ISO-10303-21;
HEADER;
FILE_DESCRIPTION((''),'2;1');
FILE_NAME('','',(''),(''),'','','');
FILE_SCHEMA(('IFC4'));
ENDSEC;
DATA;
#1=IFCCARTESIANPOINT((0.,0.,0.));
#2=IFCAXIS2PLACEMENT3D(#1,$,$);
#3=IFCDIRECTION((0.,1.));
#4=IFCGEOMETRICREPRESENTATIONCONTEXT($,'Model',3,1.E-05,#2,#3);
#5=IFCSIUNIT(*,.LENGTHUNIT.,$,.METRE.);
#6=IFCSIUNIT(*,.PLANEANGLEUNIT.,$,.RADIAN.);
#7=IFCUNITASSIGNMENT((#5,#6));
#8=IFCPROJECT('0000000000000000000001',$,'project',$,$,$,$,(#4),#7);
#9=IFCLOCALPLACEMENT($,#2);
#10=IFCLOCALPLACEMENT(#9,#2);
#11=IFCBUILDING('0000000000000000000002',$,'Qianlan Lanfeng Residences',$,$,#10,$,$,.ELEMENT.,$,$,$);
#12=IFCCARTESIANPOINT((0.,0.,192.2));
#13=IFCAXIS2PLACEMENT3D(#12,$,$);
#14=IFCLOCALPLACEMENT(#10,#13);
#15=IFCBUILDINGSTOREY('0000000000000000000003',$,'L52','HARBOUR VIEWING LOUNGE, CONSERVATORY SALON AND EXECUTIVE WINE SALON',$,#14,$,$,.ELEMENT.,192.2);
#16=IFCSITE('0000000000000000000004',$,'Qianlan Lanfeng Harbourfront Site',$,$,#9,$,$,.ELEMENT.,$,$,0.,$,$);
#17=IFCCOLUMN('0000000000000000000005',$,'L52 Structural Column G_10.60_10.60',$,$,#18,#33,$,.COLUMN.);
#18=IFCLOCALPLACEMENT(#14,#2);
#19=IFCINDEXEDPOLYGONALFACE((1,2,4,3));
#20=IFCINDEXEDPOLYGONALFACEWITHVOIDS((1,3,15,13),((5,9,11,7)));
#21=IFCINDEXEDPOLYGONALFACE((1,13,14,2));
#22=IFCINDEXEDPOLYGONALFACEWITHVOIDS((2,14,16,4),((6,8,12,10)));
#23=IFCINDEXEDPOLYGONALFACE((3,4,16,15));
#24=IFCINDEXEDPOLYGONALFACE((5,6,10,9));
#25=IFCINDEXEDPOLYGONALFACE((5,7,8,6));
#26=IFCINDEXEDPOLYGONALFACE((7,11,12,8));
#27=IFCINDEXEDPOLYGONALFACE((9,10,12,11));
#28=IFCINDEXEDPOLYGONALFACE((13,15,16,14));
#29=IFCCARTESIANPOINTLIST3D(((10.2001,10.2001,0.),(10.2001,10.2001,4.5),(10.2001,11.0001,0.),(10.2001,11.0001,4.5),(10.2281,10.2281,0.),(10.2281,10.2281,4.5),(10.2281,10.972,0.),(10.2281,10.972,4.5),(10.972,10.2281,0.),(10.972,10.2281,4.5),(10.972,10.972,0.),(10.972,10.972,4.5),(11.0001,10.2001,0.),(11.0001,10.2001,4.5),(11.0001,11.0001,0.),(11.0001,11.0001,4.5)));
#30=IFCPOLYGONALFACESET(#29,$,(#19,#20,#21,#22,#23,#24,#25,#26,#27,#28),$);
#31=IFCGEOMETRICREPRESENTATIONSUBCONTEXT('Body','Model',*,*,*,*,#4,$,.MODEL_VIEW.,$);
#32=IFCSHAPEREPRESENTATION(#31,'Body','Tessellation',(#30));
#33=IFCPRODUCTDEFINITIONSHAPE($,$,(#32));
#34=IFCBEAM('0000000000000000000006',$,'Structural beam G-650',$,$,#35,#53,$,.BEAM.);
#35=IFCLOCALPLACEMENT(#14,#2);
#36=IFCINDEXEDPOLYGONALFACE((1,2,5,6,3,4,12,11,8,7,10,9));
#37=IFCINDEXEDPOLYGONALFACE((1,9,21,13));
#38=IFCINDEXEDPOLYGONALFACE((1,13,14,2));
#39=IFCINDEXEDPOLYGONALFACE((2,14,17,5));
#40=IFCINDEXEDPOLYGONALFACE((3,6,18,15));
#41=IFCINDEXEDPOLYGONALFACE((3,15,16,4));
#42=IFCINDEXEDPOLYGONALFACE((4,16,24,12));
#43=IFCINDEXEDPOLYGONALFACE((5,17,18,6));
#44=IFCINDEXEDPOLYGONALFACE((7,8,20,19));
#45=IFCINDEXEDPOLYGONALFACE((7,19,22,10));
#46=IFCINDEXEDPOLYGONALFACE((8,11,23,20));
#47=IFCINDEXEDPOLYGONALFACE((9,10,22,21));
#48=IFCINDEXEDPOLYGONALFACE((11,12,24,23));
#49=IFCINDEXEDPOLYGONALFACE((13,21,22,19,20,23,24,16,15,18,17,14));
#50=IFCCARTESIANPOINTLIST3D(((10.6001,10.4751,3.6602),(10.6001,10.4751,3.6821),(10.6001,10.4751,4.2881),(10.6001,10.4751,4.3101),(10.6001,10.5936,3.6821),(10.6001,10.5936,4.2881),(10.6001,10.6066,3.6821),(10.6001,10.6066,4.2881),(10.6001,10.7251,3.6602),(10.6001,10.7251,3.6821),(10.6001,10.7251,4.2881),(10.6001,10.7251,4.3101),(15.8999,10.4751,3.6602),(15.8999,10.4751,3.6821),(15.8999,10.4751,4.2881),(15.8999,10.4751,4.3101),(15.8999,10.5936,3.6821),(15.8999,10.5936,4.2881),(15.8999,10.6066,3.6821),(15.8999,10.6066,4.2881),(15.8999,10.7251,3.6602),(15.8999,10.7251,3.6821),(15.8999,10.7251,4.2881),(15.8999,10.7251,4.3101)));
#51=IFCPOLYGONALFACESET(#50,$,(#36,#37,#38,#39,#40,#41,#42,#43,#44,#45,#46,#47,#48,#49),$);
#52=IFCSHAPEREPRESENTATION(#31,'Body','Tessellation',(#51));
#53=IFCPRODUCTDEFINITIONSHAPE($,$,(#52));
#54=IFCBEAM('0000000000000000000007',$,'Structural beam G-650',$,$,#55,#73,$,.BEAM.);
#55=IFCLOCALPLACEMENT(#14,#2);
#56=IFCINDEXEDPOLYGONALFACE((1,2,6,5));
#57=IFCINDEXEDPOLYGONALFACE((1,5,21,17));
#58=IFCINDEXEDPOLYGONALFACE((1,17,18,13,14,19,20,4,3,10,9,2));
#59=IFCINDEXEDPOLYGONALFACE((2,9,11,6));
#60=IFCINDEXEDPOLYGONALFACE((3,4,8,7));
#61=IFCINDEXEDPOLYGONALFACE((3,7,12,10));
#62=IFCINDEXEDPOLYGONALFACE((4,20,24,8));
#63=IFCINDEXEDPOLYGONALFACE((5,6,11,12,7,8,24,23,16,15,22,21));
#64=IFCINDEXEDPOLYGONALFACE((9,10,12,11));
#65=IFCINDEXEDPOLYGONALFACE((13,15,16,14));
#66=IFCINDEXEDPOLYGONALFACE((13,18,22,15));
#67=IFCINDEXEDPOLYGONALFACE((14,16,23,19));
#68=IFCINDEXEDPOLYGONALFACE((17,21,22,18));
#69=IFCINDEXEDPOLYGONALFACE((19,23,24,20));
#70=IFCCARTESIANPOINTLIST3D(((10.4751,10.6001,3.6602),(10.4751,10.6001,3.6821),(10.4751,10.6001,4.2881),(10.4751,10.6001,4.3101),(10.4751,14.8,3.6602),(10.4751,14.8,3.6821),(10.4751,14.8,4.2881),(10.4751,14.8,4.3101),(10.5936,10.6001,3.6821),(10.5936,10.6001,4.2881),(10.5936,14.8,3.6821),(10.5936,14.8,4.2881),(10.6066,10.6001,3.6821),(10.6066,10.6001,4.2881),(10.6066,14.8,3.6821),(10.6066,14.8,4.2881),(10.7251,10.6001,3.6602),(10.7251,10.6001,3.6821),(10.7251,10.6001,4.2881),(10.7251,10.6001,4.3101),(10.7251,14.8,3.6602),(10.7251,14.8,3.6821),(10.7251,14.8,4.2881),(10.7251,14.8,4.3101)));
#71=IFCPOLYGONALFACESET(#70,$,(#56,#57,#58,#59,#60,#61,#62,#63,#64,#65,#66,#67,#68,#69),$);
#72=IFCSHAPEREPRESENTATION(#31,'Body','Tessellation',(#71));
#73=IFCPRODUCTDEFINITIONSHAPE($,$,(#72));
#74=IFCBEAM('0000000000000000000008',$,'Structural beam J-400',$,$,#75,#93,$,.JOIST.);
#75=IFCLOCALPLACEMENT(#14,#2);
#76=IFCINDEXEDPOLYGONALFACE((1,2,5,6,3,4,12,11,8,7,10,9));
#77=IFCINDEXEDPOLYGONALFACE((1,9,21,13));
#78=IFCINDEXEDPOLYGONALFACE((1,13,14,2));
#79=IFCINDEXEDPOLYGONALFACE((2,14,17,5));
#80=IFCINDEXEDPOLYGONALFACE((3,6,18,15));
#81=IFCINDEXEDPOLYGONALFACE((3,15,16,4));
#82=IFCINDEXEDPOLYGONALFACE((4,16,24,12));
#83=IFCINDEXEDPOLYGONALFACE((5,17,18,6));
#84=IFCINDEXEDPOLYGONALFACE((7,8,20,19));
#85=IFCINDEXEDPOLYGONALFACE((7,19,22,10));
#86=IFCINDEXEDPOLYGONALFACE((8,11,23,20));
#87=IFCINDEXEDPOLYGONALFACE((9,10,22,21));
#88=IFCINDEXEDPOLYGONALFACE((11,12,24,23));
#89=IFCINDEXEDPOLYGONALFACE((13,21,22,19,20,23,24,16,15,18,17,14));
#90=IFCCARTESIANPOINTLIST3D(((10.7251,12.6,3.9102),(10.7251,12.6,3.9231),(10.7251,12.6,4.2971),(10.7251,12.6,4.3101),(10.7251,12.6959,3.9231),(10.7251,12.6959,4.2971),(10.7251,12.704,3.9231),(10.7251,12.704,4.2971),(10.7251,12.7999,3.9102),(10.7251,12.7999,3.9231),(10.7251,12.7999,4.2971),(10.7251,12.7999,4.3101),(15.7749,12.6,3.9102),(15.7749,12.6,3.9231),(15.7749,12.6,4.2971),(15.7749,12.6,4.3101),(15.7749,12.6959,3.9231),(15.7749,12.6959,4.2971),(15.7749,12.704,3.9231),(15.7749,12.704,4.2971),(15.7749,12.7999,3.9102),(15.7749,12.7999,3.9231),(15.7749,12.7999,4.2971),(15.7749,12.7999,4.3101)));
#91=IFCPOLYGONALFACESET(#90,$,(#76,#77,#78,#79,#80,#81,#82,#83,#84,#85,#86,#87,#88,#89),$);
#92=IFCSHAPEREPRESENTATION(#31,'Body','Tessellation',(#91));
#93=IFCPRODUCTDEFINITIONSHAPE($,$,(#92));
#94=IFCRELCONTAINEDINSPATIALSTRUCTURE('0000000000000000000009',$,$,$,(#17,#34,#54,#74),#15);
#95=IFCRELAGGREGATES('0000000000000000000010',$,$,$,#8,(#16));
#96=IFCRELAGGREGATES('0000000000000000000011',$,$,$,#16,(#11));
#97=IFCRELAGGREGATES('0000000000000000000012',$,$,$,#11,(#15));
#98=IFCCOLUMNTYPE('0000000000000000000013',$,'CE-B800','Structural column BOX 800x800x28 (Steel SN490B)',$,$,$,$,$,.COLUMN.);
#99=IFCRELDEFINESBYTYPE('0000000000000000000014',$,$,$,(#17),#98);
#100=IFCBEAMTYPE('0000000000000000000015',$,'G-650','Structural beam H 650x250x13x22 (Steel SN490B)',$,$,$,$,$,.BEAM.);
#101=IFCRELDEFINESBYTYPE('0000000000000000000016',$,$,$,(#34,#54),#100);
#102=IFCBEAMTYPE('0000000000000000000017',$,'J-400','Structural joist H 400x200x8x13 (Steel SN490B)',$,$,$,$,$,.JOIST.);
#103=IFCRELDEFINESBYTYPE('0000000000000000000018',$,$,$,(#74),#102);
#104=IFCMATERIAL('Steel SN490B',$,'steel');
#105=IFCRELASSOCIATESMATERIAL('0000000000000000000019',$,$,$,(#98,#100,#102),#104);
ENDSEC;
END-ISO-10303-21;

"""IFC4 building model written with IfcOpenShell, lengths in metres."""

from ifc_helpers import new_model, si_unit, direction, frame, origin, origin_2d, place, context, subcontext, project, spatial, hollow_rectangle, i_section, extrude, material, material_profile, profile_set, type_object, element, save


model = new_model("IFC4")

# Units and contexts
model_context = context("Model", 3, precision=1e-05, world=origin(), true_north=direction((0.0, 1.0)))
body_context = subcontext(model_context, "Body", "Model", "MODEL_VIEW")
ifc_project = project(units=[si_unit("LENGTHUNIT", "METRE"), si_unit("PLANEANGLEUNIT", "RADIAN")], contexts=[model_context])

# Site, building, storey
site_placement = place(None, origin())
site = spatial("IfcSite", under=ifc_project, at=site_placement, Name="Qianlan Lanfeng Harbourfront Site", CompositionType="ELEMENT", RefElevation=0.0)
building_placement = place(site_placement, origin())
building = spatial("IfcBuilding", under=site, at=building_placement, Name="Qianlan Lanfeng Residences", CompositionType="ELEMENT")
storey_placement = place(building_placement, frame((0.0, 0.0, 192.2)))
storey = spatial("IfcBuildingStorey", under=building, at=storey_placement, Name="L52", Description="HARBOUR VIEWING LOUNGE, CONSERVATORY SALON AND EXECUTIVE WINE SALON", CompositionType="ELEMENT", Elevation=192.2)

# Column
ifc_material_1 = material(Name="Steel SN490B", Category="steel")
ifc_material_profile_1 = material_profile(ifc_material_1, hollow_rectangle(XDim=0.8, YDim=0.8, WallThickness=0.0281, at=origin_2d()), Name="BOX 800x800x28")
ifc_profile_set_1 = profile_set([ifc_material_profile_1], Name="Steel SN490B")
column_type = type_object("IfcColumnType", Name="CE-B800", Description="Structural column BOX 800x800x28 (Steel SN490B)", PredefinedType="COLUMN", material=ifc_profile_set_1)
column_placement = place(storey_placement, frame((10.6001, 10.6001, 0.0), z_axis=(0.0, 0.0, 1.0), x_axis=(1.0, 0.0, 0.0)))
element("IfcColumn", 1, at=column_placement, inside=storey, type_object=column_type, Name="L52 Structural Column G_10.60_10.60", PredefinedType="COLUMN", context=body_context, shape_type="SweptSolid", body=[
    extrude(hollow_rectangle(XDim=0.8, YDim=0.8, WallThickness=0.0281, at=origin_2d()), origin(), (0.0, 0.0, 1.0), 4.5),
])

# Beams
ifc_material_profile_2 = material_profile(ifc_material_1, i_section(OverallWidth=0.25, OverallDepth=0.6499, WebThickness=0.0129, FlangeThickness=0.022, at=origin_2d()), Name="H 650x250x13x22")
ifc_profile_set_2 = profile_set([ifc_material_profile_2], Name="Steel SN490B")
beam_type_1 = type_object("IfcBeamType", Name="G-650", Description="Structural beam H 650x250x13x22 (Steel SN490B)", PredefinedType="BEAM", material=ifc_profile_set_2)
beam_1_placement = place(storey_placement, frame((10.6001, 10.6001, 3.9851), z_axis=(1.0, 0.0, 0.0), x_axis=(0.0, 1.0, 0.0)))
element("IfcBeam", 2, at=beam_1_placement, inside=storey, type_object=beam_type_1, Name="Structural beam G-650", PredefinedType="BEAM", context=body_context, shape_type="SweptSolid", body=[
    extrude(i_section(OverallWidth=0.25, OverallDepth=0.6499, WebThickness=0.0129, FlangeThickness=0.022, at=origin_2d()), origin(), (0.0, 0.0, 1.0), 5.2998),
])
beam_2_placement = place(storey_placement, frame((10.6001, 10.6001, 3.9851), z_axis=(0.0, 1.0, 0.0), x_axis=(-1.0, 0.0, 0.0)))
element("IfcBeam", 3, at=beam_2_placement, inside=storey, type_object=beam_type_1, Name="Structural beam G-650", PredefinedType="BEAM", context=body_context, shape_type="SweptSolid", body=[
    extrude(i_section(OverallWidth=0.25, OverallDepth=0.6499, WebThickness=0.0129, FlangeThickness=0.022, at=origin_2d()), origin(), (0.0, 0.0, 1.0), 4.2),
])
ifc_material_profile_3 = material_profile(ifc_material_1, i_section(OverallWidth=0.2, OverallDepth=0.3999, WebThickness=0.0081, FlangeThickness=0.0129, at=origin_2d()), Name="H 400x200x8x13")
ifc_profile_set_3 = profile_set([ifc_material_profile_3], Name="Steel SN490B")
beam_type_2 = type_object("IfcBeamType", Name="J-400", Description="Structural joist H 400x200x8x13 (Steel SN490B)", PredefinedType="JOIST", material=ifc_profile_set_3)
beam_3_placement = place(storey_placement, frame((10.7251, 12.7, 4.1101), z_axis=(1.0, 0.0, 0.0), x_axis=(0.0, 1.0, 0.0)))
element("IfcBeam", 4, at=beam_3_placement, inside=storey, type_object=beam_type_2, Name="Structural beam J-400", PredefinedType="JOIST", context=body_context, shape_type="SweptSolid", body=[
    extrude(i_section(OverallWidth=0.2, OverallDepth=0.3999, WebThickness=0.0081, FlangeThickness=0.0129, at=origin_2d()), origin(), (0.0, 0.0, 1.0), 5.0498),
])

save(model, "model.ifc")
